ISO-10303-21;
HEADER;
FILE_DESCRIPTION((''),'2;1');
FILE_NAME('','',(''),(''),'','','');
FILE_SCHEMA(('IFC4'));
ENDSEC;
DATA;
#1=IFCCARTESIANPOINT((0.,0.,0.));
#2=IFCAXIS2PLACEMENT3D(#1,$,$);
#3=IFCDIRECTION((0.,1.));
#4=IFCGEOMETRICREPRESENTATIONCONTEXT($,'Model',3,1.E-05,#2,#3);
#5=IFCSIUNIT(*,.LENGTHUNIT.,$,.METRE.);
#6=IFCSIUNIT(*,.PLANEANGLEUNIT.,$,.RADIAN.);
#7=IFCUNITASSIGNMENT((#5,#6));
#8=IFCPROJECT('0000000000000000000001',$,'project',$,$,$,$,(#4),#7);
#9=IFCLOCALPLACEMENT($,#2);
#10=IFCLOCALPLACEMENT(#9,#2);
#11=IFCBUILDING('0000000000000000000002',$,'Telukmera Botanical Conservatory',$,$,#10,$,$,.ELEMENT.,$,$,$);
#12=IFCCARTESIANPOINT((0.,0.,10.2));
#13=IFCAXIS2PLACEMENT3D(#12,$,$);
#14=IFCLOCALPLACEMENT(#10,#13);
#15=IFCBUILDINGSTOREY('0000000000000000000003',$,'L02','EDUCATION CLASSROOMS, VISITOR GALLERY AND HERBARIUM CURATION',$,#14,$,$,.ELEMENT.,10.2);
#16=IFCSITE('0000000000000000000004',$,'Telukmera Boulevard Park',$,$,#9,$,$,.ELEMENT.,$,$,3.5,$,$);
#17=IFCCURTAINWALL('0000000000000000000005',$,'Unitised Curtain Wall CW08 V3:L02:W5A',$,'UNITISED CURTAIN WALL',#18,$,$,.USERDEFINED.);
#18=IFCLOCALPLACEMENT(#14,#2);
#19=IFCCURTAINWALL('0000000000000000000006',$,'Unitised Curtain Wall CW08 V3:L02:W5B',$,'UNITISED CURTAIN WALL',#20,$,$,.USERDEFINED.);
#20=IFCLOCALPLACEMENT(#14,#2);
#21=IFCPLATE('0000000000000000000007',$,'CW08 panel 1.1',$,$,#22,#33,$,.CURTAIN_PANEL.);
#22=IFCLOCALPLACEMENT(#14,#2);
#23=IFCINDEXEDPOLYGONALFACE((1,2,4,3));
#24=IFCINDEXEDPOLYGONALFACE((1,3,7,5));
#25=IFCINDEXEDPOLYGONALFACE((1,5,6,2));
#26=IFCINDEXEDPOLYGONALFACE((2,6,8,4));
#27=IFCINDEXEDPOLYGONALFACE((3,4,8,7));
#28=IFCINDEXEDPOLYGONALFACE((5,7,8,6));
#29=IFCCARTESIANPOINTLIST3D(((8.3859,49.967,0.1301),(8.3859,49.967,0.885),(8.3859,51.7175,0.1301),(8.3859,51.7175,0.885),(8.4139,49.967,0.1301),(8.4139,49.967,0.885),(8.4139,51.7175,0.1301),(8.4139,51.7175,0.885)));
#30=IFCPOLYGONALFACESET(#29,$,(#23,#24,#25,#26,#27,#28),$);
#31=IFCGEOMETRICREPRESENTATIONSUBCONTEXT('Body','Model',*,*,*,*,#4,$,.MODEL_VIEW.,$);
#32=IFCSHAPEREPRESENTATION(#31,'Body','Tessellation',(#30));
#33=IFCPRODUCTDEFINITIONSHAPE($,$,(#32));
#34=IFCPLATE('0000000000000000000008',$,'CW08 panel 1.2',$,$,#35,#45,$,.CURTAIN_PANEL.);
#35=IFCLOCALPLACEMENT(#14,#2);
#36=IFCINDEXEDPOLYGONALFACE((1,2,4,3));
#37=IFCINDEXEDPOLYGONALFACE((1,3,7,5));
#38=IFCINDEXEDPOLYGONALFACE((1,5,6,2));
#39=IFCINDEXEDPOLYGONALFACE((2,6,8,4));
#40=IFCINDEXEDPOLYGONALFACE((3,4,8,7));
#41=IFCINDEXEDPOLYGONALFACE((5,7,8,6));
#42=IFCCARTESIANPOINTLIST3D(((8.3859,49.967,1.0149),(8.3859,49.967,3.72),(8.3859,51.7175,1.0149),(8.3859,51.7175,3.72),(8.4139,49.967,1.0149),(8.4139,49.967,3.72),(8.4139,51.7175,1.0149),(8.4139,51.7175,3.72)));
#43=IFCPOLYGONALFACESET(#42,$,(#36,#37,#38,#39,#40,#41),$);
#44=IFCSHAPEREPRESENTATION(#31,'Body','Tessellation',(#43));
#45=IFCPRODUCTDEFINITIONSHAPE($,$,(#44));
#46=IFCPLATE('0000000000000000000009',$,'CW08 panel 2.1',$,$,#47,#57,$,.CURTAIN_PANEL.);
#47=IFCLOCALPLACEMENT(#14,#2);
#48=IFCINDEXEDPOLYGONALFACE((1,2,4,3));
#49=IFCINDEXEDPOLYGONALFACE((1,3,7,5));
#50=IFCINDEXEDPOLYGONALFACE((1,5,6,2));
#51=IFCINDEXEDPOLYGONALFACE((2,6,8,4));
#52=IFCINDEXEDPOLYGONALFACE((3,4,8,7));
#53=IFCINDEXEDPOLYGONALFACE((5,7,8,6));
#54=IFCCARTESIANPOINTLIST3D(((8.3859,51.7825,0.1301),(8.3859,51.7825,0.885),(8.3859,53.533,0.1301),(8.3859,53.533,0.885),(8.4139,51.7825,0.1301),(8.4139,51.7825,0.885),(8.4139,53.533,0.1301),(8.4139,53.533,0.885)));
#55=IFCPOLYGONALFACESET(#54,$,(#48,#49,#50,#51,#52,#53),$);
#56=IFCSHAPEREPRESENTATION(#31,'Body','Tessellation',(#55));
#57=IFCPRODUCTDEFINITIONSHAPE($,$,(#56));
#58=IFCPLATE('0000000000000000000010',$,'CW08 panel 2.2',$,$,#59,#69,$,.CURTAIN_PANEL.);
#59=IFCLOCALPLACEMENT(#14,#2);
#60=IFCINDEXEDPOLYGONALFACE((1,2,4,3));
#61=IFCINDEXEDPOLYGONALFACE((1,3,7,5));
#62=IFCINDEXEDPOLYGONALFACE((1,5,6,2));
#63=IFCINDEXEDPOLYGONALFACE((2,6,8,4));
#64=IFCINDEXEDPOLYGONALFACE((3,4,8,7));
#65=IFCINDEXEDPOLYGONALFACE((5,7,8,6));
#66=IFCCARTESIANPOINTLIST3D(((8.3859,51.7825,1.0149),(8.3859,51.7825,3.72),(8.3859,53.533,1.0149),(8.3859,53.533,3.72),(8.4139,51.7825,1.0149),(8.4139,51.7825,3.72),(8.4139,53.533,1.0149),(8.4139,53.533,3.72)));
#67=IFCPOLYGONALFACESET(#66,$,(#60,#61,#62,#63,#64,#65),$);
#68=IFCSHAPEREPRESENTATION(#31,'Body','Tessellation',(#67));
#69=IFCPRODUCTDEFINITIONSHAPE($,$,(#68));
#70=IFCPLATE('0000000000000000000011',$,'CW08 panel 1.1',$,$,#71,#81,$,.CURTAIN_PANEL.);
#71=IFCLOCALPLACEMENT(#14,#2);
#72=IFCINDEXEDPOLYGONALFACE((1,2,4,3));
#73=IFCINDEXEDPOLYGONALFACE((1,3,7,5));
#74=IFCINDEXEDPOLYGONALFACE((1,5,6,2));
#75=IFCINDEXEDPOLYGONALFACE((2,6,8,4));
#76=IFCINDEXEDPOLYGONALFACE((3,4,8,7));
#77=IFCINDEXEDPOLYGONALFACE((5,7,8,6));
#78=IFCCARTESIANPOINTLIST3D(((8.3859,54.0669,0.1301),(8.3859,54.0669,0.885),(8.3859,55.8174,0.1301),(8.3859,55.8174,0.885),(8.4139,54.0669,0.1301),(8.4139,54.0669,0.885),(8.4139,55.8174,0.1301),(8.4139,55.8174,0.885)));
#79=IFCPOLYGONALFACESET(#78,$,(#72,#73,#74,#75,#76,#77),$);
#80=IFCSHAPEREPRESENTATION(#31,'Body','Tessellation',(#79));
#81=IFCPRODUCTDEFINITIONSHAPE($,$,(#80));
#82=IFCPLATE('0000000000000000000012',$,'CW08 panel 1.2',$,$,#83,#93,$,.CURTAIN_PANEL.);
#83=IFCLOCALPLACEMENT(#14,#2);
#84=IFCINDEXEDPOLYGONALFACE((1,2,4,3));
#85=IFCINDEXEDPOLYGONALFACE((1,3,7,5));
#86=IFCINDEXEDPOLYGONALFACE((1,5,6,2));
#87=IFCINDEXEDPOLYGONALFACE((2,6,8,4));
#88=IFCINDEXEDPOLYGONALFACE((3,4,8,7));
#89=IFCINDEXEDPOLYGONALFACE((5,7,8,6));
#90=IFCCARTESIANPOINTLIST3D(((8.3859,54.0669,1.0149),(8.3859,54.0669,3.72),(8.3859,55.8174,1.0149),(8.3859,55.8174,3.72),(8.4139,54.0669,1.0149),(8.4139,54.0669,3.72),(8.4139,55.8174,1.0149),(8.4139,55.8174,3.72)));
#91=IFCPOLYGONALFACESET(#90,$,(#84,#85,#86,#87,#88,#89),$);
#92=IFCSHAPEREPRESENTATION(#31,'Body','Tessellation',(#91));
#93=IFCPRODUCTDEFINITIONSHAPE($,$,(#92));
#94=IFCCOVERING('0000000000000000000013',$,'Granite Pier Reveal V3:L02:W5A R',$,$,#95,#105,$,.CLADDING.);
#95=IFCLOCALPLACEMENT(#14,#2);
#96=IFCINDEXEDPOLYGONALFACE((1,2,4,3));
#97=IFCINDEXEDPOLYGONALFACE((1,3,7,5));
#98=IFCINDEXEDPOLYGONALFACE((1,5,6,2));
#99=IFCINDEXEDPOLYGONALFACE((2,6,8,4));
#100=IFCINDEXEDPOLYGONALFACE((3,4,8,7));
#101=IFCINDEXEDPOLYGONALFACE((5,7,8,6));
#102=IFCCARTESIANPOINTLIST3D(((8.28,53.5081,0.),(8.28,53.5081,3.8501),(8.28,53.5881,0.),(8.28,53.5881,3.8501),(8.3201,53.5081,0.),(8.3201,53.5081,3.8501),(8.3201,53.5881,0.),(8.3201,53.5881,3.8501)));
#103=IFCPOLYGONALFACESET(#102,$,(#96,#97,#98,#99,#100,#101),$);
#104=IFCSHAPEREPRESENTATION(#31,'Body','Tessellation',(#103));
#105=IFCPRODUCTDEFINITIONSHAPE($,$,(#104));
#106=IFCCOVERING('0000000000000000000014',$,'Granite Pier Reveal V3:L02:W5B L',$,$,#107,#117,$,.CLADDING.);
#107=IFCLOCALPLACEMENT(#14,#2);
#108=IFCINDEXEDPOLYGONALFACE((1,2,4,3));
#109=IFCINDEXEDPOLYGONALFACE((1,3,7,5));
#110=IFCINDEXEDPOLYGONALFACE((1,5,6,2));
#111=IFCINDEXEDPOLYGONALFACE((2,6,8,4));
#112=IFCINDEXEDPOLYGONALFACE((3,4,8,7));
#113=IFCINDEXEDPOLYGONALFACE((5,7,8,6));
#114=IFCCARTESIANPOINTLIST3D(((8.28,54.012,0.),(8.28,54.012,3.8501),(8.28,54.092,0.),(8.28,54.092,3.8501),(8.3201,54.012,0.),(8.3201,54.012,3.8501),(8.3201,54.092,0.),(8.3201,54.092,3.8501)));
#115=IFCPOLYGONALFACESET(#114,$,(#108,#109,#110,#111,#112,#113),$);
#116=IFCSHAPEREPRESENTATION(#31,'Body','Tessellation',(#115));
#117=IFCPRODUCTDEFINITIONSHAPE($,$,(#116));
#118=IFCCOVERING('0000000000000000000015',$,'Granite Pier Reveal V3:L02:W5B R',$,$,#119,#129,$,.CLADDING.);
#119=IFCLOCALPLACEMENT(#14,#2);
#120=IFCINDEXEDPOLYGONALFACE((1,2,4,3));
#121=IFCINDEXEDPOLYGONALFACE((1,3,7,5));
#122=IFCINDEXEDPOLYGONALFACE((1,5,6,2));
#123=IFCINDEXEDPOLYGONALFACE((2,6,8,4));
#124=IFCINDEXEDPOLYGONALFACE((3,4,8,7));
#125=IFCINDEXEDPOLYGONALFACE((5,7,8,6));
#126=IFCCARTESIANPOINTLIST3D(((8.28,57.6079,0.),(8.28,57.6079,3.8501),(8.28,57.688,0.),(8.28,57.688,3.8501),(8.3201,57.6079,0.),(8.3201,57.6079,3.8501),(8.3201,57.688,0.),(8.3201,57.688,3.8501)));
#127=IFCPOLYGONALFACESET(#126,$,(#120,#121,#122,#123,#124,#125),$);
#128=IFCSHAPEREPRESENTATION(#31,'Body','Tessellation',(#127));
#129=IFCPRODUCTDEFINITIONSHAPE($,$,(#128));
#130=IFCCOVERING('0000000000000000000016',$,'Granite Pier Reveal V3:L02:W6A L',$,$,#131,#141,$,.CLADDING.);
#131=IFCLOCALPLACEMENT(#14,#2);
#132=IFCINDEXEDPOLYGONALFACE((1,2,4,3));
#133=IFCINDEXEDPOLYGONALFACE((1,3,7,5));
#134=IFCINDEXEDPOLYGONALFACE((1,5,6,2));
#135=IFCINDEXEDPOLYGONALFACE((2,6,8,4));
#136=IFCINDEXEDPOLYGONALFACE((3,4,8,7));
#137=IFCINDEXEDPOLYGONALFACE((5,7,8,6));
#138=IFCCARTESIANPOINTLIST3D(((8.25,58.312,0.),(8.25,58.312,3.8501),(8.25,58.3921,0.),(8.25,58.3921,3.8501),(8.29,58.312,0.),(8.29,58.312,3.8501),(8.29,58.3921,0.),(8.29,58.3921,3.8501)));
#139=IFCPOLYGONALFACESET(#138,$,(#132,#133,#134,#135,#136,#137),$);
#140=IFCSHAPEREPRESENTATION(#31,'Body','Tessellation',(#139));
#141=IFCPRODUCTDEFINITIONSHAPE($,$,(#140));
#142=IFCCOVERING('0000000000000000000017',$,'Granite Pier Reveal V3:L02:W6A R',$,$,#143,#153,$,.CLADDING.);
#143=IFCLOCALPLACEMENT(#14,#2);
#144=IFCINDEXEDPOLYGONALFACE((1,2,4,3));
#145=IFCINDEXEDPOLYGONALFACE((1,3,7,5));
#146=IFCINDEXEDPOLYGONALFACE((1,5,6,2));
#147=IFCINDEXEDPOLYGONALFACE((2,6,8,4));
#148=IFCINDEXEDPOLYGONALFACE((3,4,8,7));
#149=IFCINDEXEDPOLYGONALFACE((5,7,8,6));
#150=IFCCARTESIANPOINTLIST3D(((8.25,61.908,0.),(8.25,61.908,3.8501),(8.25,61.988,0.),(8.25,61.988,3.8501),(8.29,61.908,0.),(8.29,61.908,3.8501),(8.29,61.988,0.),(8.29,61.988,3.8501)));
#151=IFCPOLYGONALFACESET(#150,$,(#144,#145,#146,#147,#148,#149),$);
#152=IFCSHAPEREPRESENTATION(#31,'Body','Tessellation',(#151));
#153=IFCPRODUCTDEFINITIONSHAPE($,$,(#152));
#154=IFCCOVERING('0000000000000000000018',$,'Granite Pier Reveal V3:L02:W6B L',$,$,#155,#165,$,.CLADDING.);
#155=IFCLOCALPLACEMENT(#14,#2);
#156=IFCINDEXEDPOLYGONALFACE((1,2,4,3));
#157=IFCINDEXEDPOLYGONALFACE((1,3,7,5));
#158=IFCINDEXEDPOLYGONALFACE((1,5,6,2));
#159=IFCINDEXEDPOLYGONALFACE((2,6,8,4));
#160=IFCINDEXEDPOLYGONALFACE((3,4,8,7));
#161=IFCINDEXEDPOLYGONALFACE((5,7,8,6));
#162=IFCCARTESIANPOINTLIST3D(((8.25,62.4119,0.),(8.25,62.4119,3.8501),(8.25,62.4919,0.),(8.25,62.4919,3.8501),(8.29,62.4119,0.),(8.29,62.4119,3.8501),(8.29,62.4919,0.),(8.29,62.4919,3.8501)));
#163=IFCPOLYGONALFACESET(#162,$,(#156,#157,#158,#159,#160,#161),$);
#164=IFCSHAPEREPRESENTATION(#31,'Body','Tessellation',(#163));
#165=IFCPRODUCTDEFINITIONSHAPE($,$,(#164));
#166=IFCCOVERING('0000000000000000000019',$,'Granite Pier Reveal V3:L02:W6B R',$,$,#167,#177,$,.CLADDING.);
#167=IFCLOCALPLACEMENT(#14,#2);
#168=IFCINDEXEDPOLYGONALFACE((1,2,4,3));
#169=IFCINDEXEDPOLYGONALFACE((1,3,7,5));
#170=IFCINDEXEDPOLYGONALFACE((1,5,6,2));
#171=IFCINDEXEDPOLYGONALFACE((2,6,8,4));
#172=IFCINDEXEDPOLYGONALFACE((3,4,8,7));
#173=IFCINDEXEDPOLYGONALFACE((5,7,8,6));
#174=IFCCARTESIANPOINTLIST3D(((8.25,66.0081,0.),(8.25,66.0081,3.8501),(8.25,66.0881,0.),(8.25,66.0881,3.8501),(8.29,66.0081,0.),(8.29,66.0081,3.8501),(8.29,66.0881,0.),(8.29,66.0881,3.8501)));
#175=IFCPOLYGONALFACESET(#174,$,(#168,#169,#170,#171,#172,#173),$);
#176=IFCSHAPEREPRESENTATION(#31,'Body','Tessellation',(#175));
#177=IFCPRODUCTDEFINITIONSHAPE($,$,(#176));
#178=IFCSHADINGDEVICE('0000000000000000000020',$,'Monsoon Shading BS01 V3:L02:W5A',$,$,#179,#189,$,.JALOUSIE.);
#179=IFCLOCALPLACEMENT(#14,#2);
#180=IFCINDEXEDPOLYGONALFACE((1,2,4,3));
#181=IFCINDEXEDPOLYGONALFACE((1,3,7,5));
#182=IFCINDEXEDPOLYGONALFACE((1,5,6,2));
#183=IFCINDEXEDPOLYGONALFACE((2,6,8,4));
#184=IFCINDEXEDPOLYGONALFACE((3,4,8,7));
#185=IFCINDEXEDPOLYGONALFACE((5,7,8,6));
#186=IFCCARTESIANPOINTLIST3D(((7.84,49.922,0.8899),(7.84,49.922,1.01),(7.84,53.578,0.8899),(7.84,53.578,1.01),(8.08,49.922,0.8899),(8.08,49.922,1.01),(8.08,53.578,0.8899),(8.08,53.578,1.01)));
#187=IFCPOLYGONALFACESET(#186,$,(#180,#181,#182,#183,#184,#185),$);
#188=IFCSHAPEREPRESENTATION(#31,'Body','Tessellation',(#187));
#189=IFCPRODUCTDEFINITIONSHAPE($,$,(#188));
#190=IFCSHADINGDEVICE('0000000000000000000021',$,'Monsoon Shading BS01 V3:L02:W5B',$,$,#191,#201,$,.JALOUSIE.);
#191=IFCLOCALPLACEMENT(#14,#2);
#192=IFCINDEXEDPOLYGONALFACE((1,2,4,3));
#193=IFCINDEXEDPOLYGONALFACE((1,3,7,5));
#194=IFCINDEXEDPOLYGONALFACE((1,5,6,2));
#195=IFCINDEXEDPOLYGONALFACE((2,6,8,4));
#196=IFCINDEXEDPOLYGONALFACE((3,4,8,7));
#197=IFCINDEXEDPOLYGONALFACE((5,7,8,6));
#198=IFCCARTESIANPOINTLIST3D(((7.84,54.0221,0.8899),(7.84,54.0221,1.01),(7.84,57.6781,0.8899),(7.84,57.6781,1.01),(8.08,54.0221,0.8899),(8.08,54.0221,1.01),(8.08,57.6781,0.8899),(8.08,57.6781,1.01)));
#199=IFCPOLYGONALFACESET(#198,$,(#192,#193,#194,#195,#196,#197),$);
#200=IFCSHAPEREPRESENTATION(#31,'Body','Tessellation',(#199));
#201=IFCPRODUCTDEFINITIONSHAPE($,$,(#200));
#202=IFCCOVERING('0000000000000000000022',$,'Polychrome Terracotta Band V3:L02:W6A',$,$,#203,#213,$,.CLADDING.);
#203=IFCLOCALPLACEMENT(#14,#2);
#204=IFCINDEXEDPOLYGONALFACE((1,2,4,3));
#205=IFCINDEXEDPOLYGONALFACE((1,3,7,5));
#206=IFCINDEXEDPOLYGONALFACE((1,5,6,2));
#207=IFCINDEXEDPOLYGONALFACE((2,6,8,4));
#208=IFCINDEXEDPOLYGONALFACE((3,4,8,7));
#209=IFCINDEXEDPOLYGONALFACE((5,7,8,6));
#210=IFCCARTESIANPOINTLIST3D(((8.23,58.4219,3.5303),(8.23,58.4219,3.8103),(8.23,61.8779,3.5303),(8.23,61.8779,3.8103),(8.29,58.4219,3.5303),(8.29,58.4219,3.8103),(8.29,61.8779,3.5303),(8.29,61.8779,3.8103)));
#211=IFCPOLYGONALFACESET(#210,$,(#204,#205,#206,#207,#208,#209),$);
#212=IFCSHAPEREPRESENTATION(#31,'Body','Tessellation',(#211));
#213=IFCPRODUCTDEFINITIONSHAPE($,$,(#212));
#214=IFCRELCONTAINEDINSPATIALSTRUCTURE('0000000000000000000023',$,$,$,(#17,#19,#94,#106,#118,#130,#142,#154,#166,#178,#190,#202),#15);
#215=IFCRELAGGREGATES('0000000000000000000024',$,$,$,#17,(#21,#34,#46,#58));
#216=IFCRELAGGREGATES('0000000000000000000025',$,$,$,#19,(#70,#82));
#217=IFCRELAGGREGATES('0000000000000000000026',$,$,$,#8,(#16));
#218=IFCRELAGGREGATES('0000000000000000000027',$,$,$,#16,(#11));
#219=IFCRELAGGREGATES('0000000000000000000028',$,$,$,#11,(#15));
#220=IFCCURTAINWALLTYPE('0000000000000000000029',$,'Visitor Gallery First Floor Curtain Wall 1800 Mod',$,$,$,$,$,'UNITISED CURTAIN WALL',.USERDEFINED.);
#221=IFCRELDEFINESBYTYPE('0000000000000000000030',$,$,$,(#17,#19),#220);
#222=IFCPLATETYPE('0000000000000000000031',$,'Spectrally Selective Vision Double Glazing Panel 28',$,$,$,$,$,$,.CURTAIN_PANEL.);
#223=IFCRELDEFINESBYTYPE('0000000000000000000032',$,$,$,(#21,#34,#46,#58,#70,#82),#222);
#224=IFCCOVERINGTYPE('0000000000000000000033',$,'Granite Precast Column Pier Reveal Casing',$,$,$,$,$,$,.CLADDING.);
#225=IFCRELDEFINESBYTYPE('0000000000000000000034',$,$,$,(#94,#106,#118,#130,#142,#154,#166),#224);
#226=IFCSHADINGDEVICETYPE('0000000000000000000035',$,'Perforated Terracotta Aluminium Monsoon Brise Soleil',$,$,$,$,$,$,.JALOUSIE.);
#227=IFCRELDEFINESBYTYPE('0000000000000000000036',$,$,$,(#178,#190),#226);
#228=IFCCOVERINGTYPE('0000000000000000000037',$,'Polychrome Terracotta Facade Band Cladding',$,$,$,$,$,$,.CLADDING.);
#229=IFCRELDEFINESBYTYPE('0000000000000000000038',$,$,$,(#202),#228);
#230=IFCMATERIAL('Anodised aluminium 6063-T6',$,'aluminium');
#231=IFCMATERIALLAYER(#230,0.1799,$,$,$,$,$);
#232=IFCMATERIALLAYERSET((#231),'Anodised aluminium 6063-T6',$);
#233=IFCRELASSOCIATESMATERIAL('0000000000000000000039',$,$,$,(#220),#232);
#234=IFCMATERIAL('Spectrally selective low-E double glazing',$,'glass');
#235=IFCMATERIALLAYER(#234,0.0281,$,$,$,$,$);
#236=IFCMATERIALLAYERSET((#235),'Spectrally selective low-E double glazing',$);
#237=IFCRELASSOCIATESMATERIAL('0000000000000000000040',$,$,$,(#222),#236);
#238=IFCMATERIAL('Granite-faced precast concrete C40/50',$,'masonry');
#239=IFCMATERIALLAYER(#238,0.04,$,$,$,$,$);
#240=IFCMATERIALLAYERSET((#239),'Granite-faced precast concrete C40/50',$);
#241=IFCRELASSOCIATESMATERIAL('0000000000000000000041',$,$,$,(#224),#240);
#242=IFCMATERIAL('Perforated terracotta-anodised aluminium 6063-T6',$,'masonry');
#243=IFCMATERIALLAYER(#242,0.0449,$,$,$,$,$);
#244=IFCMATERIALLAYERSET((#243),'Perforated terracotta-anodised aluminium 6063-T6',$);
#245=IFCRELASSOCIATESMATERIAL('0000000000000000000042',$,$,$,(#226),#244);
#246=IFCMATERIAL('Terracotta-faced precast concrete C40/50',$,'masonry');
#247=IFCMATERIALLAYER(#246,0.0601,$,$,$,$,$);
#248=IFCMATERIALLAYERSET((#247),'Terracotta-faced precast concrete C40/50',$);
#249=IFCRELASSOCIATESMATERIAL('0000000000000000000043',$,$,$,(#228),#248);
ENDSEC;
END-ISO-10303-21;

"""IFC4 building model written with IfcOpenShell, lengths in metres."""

from ifc_helpers import new_model, si_unit, direction, frame, origin, origin_2d, place, context, subcontext, project, spatial, rectangle, extrude, material, layer, layer_set, type_object, element, aggregate, save


model = new_model("IFC4")

# Units and contexts
model_context = context("Model", 3, precision=1e-05, world=origin(), true_north=direction((0.0, 1.0)))
body_context = subcontext(model_context, "Body", "Model", "MODEL_VIEW")
ifc_project = project(units=[si_unit("LENGTHUNIT", "METRE"), si_unit("PLANEANGLEUNIT", "RADIAN")], contexts=[model_context])

# Site, building, storey
site_placement = place(None, origin())
site = spatial("IfcSite", under=ifc_project, at=site_placement, Name="Telukmera Boulevard Park", CompositionType="ELEMENT", RefElevation=3.5)
building_placement = place(site_placement, origin())
building = spatial("IfcBuilding", under=site, at=building_placement, Name="Telukmera Botanical Conservatory", CompositionType="ELEMENT")
storey_placement = place(building_placement, frame((0.0, 0.0, 10.2)))
storey = spatial("IfcBuildingStorey", under=building, at=storey_placement, Name="L02", Description="EDUCATION CLASSROOMS, VISITOR GALLERY AND HERBARIUM CURATION", CompositionType="ELEMENT", Elevation=10.2)

# Curtain walls
ifc_material_1 = material(Name="Anodised aluminium 6063-T6", Category="aluminium")
ifc_layer_1 = layer(ifc_material_1, 0.1799)
ifc_layer_set_1 = layer_set([ifc_layer_1], Name="Anodised aluminium 6063-T6")
curtain_wall_type = type_object("IfcCurtainWallType", Name="Visitor Gallery First Floor Curtain Wall 1800 Mod", ElementType="UNITISED CURTAIN WALL", PredefinedType="USERDEFINED", material=ifc_layer_set_1)
curtain_wall_1_placement = place(storey_placement, origin())
curtain_wall_1 = element("IfcCurtainWall", 1, at=curtain_wall_1_placement, inside=storey, type_object=curtain_wall_type, Name="Unitised Curtain Wall CW08 V3:L02:W5A", ObjectType="UNITISED CURTAIN WALL", PredefinedType="USERDEFINED")
curtain_wall_2_placement = place(storey_placement, origin())
curtain_wall_2 = element("IfcCurtainWall", 2, at=curtain_wall_2_placement, inside=storey, type_object=curtain_wall_type, Name="Unitised Curtain Wall CW08 V3:L02:W5B", ObjectType="UNITISED CURTAIN WALL", PredefinedType="USERDEFINED")

# Plates
ifc_material_2 = material(Name="Spectrally selective low-E double glazing", Category="glass")
ifc_layer_2 = layer(ifc_material_2, 0.0281)
ifc_layer_set_2 = layer_set([ifc_layer_2], Name="Spectrally selective low-E double glazing")
plate_type = type_object("IfcPlateType", Name="Spectrally Selective Vision Double Glazing Panel 28", PredefinedType="CURTAIN_PANEL", material=ifc_layer_set_2)
plate_1_placement = place(storey_placement, frame((8.3999, 50.8423, 0.1301), z_axis=(0.0, 0.0, 1.0), x_axis=(0.0, 1.0, 0.0)))
plate_1 = element("IfcPlate", 3, at=plate_1_placement, type_object=plate_type, Name="CW08 panel 1.1", PredefinedType="CURTAIN_PANEL", context=body_context, shape_type="SweptSolid", body=[
    extrude(rectangle(XDim=1.7505, YDim=0.0281, at=origin_2d()), origin(), (0.0, 0.0, 1.0), 0.7549),
])
plate_2_placement = place(storey_placement, frame((8.3999, 50.8423, 1.0149), z_axis=(0.0, 0.0, 1.0), x_axis=(0.0, 1.0, 0.0)))
plate_2 = element("IfcPlate", 4, at=plate_2_placement, type_object=plate_type, Name="CW08 panel 1.2", PredefinedType="CURTAIN_PANEL", context=body_context, shape_type="SweptSolid", body=[
    extrude(rectangle(XDim=1.7505, YDim=0.0281, at=origin_2d()), origin(), (0.0, 0.0, 1.0), 2.7051),
])
plate_3_placement = place(storey_placement, frame((8.3999, 52.6577, 0.1301), z_axis=(0.0, 0.0, 1.0), x_axis=(0.0, 1.0, 0.0)))
plate_3 = element("IfcPlate", 5, at=plate_3_placement, type_object=plate_type, Name="CW08 panel 2.1", PredefinedType="CURTAIN_PANEL", context=body_context, shape_type="SweptSolid", body=[
    extrude(rectangle(XDim=1.7505, YDim=0.0281, at=origin_2d()), origin(), (0.0, 0.0, 1.0), 0.7549),
])
plate_4_placement = place(storey_placement, frame((8.3999, 52.6577, 1.0149), z_axis=(0.0, 0.0, 1.0), x_axis=(0.0, 1.0, 0.0)))
plate_4 = element("IfcPlate", 6, at=plate_4_placement, type_object=plate_type, Name="CW08 panel 2.2", PredefinedType="CURTAIN_PANEL", context=body_context, shape_type="SweptSolid", body=[
    extrude(rectangle(XDim=1.7505, YDim=0.0281, at=origin_2d()), origin(), (0.0, 0.0, 1.0), 2.7051),
])
aggregate(curtain_wall_1, [plate_1, plate_2, plate_3, plate_4])
plate_5_placement = place(storey_placement, frame((8.3999, 54.9421, 0.1301), z_axis=(0.0, 0.0, 1.0), x_axis=(0.0, 1.0, 0.0)))
plate_5 = element("IfcPlate", 7, at=plate_5_placement, type_object=plate_type, Name="CW08 panel 1.1", PredefinedType="CURTAIN_PANEL", context=body_context, shape_type="SweptSolid", body=[
    extrude(rectangle(XDim=1.7505, YDim=0.0281, at=origin_2d()), origin(), (0.0, 0.0, 1.0), 0.7549),
])
plate_6_placement = place(storey_placement, frame((8.3999, 54.9421, 1.0149), z_axis=(0.0, 0.0, 1.0), x_axis=(0.0, 1.0, 0.0)))
plate_6 = element("IfcPlate", 8, at=plate_6_placement, type_object=plate_type, Name="CW08 panel 1.2", PredefinedType="CURTAIN_PANEL", context=body_context, shape_type="SweptSolid", body=[
    extrude(rectangle(XDim=1.7505, YDim=0.0281, at=origin_2d()), origin(), (0.0, 0.0, 1.0), 2.7051),
])
aggregate(curtain_wall_2, [plate_5, plate_6])

# Coverings
ifc_material_3 = material(Name="Granite-faced precast concrete C40/50", Category="masonry")
ifc_layer_3 = layer(ifc_material_3, 0.04)
ifc_layer_set_3 = layer_set([ifc_layer_3], Name="Granite-faced precast concrete C40/50")
covering_type_1 = type_object("IfcCoveringType", Name="Granite Precast Column Pier Reveal Casing", PredefinedType="CLADDING", material=ifc_layer_set_3)
for number, where, z_axis, x_axis, name in (
    (9, (8.3, 53.5481, 0.0), (0.0, 0.0, 1.0), (0.0, 1.0, 0.0), "Granite Pier Reveal V3:L02:W5A R"),
    (10, (8.3, 54.052, 0.0), (0.0, 0.0, 1.0), (0.0, 1.0, 0.0), "Granite Pier Reveal V3:L02:W5B L"),
    (11, (8.3, 57.6479, 0.0), (0.0, 0.0, 1.0), (0.0, 1.0, 0.0), "Granite Pier Reveal V3:L02:W5B R"),
    (12, (8.27, 58.3521, 0.0), (0.0, 0.0, 1.0), (0.0, 1.0, 0.0), "Granite Pier Reveal V3:L02:W6A L"),
    (13, (8.27, 61.948, 0.0), (0.0, 0.0, 1.0), (0.0, 1.0, 0.0), "Granite Pier Reveal V3:L02:W6A R"),
    (14, (8.27, 62.4519, 0.0), (0.0, 0.0, 1.0), (0.0, 1.0, 0.0), "Granite Pier Reveal V3:L02:W6B L"),
    (15, (8.27, 66.0481, 0.0), (0.0, 0.0, 1.0), (0.0, 1.0, 0.0), "Granite Pier Reveal V3:L02:W6B R"),
):
    element("IfcCovering", number, at=place(storey_placement, frame(where, z_axis=z_axis, x_axis=x_axis)), inside=storey, type_object=covering_type_1, Name=name, PredefinedType="CLADDING", context=body_context, shape_type="SweptSolid", body=[
        extrude(rectangle(XDim=0.0801, YDim=0.04, at=origin_2d()), origin(), (0.0, 0.0, 1.0), 3.8501),
    ])

# Shading devices
ifc_material_4 = material(Name="Perforated terracotta-anodised aluminium 6063-T6", Category="masonry")
ifc_layer_4 = layer(ifc_material_4, 0.0449)
ifc_layer_set_4 = layer_set([ifc_layer_4], Name="Perforated terracotta-anodised aluminium 6063-T6")
shading_device_type = type_object("IfcShadingDeviceType", Name="Perforated Terracotta Aluminium Monsoon Brise Soleil", PredefinedType="JALOUSIE", material=ifc_layer_set_4)
for number, where, z_axis, x_axis, name in (
    (16, (7.96, 51.75, 0.8899), (0.0, 0.0, 1.0), (0.0, 1.0, 0.0), "Monsoon Shading BS01 V3:L02:W5A"),
    (17, (7.96, 55.8501, 0.8899), (0.0, 0.0, 1.0), (0.0, 1.0, 0.0), "Monsoon Shading BS01 V3:L02:W5B"),
):
    element("IfcShadingDevice", number, at=place(storey_placement, frame(where, z_axis=z_axis, x_axis=x_axis)), inside=storey, type_object=shading_device_type, Name=name, PredefinedType="JALOUSIE", context=body_context, shape_type="SweptSolid", body=[
        extrude(rectangle(XDim=3.656, YDim=0.24, at=origin_2d()), origin(), (0.0, 0.0, 1.0), 0.1201),
    ])

# Covering
ifc_material_5 = material(Name="Terracotta-faced precast concrete C40/50", Category="masonry")
ifc_layer_5 = layer(ifc_material_5, 0.0601)
ifc_layer_set_5 = layer_set([ifc_layer_5], Name="Terracotta-faced precast concrete C40/50")
covering_type_2 = type_object("IfcCoveringType", Name="Polychrome Terracotta Facade Band Cladding", PredefinedType="CLADDING", material=ifc_layer_set_5)
for number, where, z_axis, x_axis, name in (
    (18, (8.26, 60.1499, 3.5303), (0.0, 0.0, 1.0), (0.0, 1.0, 0.0), "Polychrome Terracotta Band V3:L02:W6A"),
):
    element("IfcCovering", number, at=place(storey_placement, frame(where, z_axis=z_axis, x_axis=x_axis)), inside=storey, type_object=covering_type_2, Name=name, PredefinedType="CLADDING", context=body_context, shape_type="SweptSolid", body=[
        extrude(rectangle(XDim=3.4561, YDim=0.0601, at=origin_2d()), origin(), (0.0, 0.0, 1.0), 0.28),
    ])

save(model, "model.ifc")
